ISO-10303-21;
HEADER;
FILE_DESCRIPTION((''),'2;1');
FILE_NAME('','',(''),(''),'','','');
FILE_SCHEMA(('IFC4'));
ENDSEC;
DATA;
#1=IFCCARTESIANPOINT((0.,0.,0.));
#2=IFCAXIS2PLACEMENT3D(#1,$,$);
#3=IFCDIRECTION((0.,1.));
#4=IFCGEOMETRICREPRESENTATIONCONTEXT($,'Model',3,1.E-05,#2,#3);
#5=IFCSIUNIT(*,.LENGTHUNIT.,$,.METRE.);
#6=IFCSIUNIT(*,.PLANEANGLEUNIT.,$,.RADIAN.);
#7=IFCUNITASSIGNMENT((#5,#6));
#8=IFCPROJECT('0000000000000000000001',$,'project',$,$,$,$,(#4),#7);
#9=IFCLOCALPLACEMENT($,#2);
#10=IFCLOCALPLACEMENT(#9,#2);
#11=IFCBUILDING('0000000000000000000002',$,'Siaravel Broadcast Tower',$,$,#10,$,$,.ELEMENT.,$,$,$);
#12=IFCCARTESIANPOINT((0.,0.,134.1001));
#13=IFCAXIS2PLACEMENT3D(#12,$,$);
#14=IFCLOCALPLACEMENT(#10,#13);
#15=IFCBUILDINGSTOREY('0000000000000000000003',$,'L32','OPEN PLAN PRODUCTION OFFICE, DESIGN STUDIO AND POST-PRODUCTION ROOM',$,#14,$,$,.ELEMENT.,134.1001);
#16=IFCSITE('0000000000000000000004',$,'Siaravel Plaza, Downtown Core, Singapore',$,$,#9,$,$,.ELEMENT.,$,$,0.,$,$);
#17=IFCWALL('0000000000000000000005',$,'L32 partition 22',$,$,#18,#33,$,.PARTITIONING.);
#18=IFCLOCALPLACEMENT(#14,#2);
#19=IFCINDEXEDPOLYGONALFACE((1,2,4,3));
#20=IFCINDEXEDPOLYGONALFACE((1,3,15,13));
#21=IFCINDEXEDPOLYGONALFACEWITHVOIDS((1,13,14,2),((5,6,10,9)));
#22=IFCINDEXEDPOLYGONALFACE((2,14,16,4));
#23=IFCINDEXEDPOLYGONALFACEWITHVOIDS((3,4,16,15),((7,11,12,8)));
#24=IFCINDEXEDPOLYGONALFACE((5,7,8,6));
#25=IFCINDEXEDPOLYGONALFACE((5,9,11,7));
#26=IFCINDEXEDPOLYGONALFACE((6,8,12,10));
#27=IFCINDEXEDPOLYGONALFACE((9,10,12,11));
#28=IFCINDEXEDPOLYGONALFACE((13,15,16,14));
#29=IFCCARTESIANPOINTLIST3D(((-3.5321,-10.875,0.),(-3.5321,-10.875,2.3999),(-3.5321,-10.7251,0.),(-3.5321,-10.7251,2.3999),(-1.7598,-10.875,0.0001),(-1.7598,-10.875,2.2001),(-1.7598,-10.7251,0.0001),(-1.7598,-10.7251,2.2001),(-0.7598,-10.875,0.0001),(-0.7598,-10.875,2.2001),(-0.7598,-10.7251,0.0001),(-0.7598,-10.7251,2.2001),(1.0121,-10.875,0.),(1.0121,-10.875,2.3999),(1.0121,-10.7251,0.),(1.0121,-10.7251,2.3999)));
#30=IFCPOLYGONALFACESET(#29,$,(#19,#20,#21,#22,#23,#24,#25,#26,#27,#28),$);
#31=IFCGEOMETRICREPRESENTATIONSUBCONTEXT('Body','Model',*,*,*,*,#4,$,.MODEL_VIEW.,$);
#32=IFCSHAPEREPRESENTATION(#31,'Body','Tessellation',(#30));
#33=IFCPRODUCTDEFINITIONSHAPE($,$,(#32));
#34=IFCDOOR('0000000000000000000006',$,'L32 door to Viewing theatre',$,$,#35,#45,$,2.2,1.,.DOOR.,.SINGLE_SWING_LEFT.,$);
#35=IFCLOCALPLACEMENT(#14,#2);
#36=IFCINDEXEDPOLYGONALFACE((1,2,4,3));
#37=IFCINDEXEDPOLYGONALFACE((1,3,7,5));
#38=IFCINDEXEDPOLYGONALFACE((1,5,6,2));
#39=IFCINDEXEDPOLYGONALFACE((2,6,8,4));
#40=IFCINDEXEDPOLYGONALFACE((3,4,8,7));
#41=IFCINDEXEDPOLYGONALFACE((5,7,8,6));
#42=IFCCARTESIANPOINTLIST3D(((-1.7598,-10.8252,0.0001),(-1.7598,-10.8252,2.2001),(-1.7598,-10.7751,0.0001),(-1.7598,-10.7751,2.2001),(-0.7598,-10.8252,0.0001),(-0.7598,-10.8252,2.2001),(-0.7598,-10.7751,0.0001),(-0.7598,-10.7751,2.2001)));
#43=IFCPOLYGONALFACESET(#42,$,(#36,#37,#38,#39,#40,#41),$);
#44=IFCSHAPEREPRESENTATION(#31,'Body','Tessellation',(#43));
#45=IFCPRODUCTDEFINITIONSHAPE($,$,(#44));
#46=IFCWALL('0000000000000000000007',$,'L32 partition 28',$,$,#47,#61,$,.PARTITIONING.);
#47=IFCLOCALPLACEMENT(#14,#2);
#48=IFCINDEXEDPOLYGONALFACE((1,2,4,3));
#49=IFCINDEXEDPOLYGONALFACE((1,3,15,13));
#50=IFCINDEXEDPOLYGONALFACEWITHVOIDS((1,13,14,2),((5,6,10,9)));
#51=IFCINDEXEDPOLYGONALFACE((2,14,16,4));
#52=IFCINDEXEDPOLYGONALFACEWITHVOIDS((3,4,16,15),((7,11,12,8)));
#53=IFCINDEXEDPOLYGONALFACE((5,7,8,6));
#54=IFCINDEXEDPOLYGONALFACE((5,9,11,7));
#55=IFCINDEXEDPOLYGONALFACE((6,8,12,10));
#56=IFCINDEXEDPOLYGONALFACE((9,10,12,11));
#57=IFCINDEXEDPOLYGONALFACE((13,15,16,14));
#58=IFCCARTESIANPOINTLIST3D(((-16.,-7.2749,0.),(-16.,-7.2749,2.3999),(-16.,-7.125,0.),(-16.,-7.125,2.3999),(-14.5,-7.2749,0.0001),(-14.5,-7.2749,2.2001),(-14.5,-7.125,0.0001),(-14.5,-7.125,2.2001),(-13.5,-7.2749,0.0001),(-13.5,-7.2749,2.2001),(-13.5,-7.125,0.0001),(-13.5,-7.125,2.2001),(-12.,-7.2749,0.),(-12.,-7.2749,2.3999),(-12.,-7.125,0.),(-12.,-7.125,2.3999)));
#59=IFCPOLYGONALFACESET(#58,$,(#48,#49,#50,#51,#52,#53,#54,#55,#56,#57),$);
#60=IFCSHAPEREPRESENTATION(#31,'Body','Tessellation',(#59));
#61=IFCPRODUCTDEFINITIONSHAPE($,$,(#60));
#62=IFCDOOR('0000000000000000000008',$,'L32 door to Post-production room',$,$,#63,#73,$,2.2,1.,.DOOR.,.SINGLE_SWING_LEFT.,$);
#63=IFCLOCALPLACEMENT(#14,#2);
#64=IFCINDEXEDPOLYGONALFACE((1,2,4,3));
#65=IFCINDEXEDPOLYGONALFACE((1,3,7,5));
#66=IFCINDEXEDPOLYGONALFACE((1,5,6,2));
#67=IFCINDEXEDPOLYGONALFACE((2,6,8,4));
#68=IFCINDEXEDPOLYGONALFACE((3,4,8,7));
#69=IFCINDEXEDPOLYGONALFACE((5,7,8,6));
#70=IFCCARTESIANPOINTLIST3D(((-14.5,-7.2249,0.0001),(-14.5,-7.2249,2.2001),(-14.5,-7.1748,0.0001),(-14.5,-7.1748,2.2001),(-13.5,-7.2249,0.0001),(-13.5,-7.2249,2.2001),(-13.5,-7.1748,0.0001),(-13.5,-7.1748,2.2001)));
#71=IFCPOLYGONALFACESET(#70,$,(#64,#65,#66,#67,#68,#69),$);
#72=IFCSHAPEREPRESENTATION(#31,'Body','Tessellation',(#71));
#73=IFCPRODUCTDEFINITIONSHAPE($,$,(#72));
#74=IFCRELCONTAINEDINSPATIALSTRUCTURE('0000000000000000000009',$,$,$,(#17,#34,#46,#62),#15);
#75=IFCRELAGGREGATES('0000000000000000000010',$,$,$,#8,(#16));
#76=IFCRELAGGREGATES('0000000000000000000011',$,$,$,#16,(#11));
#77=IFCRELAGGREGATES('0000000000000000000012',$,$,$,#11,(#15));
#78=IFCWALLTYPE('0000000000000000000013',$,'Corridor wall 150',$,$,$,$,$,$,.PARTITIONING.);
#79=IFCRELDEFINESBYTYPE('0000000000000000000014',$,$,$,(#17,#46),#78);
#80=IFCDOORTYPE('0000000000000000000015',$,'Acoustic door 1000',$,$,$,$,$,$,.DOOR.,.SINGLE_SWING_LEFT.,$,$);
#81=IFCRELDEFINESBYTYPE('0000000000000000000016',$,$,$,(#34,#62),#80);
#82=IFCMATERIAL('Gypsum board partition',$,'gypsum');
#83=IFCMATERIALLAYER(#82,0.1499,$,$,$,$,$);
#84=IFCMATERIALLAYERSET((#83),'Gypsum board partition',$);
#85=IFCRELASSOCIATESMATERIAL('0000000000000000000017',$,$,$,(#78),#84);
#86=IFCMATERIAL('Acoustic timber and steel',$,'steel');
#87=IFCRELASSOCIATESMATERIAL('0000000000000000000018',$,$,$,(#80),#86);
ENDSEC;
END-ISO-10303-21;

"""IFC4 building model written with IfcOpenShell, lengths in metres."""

from ifc_helpers import new_model, si_unit, direction, frame, frame_2d, origin, place, context, subcontext, project, spatial, rectangle, extrude, material, layer, layer_set, type_object, element, fill, save


model = new_model("IFC4")

# Units and contexts
model_context = context("Model", 3, precision=1e-05, world=origin(), true_north=direction((0.0, 1.0)))
body_context = subcontext(model_context, "Body", "Model", "MODEL_VIEW")
ifc_project = project(units=[si_unit("LENGTHUNIT", "METRE"), si_unit("PLANEANGLEUNIT", "RADIAN")], contexts=[model_context])

# Site, building, storey
site_placement = place(None, origin())
site = spatial("IfcSite", under=ifc_project, at=site_placement, Name="Siaravel Plaza, Downtown Core, Singapore", CompositionType="ELEMENT", RefElevation=0.0)
building_placement = place(site_placement, origin())
building = spatial("IfcBuilding", under=site, at=building_placement, Name="Siaravel Broadcast Tower", CompositionType="ELEMENT")
storey_placement = place(building_placement, frame((0.0, 0.0, 134.1001)))
storey = spatial("IfcBuildingStorey", under=building, at=storey_placement, Name="L32", Description="OPEN PLAN PRODUCTION OFFICE, DESIGN STUDIO AND POST-PRODUCTION ROOM", CompositionType="ELEMENT", Elevation=134.1001)

# Walls, openings, doors
ifc_material_1 = material(Name="Gypsum board partition", Category="gypsum")
ifc_layer_1 = layer(ifc_material_1, 0.1499)
ifc_layer_set_1 = layer_set([ifc_layer_1], Name="Gypsum board partition")
wall_type_1 = type_object("IfcWallType", Name="Corridor wall 150", PredefinedType="PARTITIONING", material=ifc_layer_set_1)
wall_1_placement = place(storey_placement, frame((-3.532, -10.8, 0.0), z_axis=(0.0, 0.0, 1.0), x_axis=(1.0, 0.0, 0.0)))
wall_1 = element("IfcWall", 1, at=wall_1_placement, inside=storey, type_object=wall_type_1, Name="L32 partition 22", PredefinedType="PARTITIONING", context=body_context, shape_type="SweptSolid", body=[
    extrude(rectangle(XDim=4.5442, YDim=0.1499, at=frame_2d((2.272, 0.0))), origin(), (0.0, 0.0, 1.0), 2.3999),
])
opening_1_placement = place(wall_1_placement, frame((1.7722, 0.0, 0.0)))
opening_1 = element("IfcOpeningElement", 2, at=opening_1_placement, cuts=wall_1, PredefinedType="OPENING", context=body_context, shape_type="SweptSolid", body=[
    extrude(rectangle(XDim=1.0, YDim=2.2, at=frame_2d((0.5, 1.1001))), frame((0.0, 0.085, 0.0), z_axis=(0.0, -1.0, 0.0), x_axis=(1.0, 0.0, 0.0)), (0.0, 0.0, 1.0), 0.1699),
])
ifc_material_2 = material(Name="Acoustic timber and steel", Category="steel")
door_type_1 = type_object("IfcDoorType", Name="Acoustic door 1000", OperationType="SINGLE_SWING_LEFT", PredefinedType="DOOR", material=ifc_material_2)
door_1_placement = place(opening_1_placement, origin())
door_1 = element("IfcDoor", 3, at=door_1_placement, inside=storey, type_object=door_type_1, Name="L32 door to Viewing theatre", OperationType="SINGLE_SWING_LEFT", OverallHeight=2.2, OverallWidth=1.0, PredefinedType="DOOR", context=body_context, shape_type="SweptSolid", body=[
    extrude(rectangle(XDim=1.0, YDim=2.2, at=frame_2d((0.5, 1.1001))), frame((0.0, 0.0249, 0.0), z_axis=(0.0, -1.0, 0.0), x_axis=(1.0, 0.0, 0.0)), (0.0, 0.0, 1.0), 0.05),
])
fill(opening_1, door_1)
wall_2_placement = place(storey_placement, frame((-12.0, -7.2, 0.0), z_axis=(0.0, 0.0, 1.0), x_axis=(-1.0, 0.0, 0.0)))
wall_2 = element("IfcWall", 4, at=wall_2_placement, inside=storey, type_object=wall_type_1, Name="L32 partition 28", PredefinedType="PARTITIONING", context=body_context, shape_type="SweptSolid", body=[
    extrude(rectangle(XDim=4.0, YDim=0.1499, at=frame_2d((2.0, 0.0))), origin(), (0.0, 0.0, 1.0), 2.3999),
])
opening_2_placement = place(wall_2_placement, frame((1.5, 0.0, 0.0)))
opening_2 = element("IfcOpeningElement", 5, at=opening_2_placement, cuts=wall_2, PredefinedType="OPENING", context=body_context, shape_type="SweptSolid", body=[
    extrude(rectangle(XDim=1.0, YDim=2.2, at=frame_2d((0.5, 1.1001))), frame((0.0, 0.085, 0.0), z_axis=(0.0, -1.0, 0.0), x_axis=(1.0, 0.0, 0.0)), (0.0, 0.0, 1.0), 0.1699),
])
door_2_placement = place(opening_2_placement, origin())
door_2 = element("IfcDoor", 6, at=door_2_placement, inside=storey, type_object=door_type_1, Name="L32 door to Post-production room", OperationType="SINGLE_SWING_LEFT", OverallHeight=2.2, OverallWidth=1.0, PredefinedType="DOOR", context=body_context, shape_type="SweptSolid", body=[
    extrude(rectangle(XDim=1.0, YDim=2.2, at=frame_2d((0.5, 1.1001))), frame((0.0, 0.0249, 0.0), z_axis=(0.0, -1.0, 0.0), x_axis=(1.0, 0.0, 0.0)), (0.0, 0.0, 1.0), 0.05),
])
fill(opening_2, door_2)

save(model, "model.ifc")
